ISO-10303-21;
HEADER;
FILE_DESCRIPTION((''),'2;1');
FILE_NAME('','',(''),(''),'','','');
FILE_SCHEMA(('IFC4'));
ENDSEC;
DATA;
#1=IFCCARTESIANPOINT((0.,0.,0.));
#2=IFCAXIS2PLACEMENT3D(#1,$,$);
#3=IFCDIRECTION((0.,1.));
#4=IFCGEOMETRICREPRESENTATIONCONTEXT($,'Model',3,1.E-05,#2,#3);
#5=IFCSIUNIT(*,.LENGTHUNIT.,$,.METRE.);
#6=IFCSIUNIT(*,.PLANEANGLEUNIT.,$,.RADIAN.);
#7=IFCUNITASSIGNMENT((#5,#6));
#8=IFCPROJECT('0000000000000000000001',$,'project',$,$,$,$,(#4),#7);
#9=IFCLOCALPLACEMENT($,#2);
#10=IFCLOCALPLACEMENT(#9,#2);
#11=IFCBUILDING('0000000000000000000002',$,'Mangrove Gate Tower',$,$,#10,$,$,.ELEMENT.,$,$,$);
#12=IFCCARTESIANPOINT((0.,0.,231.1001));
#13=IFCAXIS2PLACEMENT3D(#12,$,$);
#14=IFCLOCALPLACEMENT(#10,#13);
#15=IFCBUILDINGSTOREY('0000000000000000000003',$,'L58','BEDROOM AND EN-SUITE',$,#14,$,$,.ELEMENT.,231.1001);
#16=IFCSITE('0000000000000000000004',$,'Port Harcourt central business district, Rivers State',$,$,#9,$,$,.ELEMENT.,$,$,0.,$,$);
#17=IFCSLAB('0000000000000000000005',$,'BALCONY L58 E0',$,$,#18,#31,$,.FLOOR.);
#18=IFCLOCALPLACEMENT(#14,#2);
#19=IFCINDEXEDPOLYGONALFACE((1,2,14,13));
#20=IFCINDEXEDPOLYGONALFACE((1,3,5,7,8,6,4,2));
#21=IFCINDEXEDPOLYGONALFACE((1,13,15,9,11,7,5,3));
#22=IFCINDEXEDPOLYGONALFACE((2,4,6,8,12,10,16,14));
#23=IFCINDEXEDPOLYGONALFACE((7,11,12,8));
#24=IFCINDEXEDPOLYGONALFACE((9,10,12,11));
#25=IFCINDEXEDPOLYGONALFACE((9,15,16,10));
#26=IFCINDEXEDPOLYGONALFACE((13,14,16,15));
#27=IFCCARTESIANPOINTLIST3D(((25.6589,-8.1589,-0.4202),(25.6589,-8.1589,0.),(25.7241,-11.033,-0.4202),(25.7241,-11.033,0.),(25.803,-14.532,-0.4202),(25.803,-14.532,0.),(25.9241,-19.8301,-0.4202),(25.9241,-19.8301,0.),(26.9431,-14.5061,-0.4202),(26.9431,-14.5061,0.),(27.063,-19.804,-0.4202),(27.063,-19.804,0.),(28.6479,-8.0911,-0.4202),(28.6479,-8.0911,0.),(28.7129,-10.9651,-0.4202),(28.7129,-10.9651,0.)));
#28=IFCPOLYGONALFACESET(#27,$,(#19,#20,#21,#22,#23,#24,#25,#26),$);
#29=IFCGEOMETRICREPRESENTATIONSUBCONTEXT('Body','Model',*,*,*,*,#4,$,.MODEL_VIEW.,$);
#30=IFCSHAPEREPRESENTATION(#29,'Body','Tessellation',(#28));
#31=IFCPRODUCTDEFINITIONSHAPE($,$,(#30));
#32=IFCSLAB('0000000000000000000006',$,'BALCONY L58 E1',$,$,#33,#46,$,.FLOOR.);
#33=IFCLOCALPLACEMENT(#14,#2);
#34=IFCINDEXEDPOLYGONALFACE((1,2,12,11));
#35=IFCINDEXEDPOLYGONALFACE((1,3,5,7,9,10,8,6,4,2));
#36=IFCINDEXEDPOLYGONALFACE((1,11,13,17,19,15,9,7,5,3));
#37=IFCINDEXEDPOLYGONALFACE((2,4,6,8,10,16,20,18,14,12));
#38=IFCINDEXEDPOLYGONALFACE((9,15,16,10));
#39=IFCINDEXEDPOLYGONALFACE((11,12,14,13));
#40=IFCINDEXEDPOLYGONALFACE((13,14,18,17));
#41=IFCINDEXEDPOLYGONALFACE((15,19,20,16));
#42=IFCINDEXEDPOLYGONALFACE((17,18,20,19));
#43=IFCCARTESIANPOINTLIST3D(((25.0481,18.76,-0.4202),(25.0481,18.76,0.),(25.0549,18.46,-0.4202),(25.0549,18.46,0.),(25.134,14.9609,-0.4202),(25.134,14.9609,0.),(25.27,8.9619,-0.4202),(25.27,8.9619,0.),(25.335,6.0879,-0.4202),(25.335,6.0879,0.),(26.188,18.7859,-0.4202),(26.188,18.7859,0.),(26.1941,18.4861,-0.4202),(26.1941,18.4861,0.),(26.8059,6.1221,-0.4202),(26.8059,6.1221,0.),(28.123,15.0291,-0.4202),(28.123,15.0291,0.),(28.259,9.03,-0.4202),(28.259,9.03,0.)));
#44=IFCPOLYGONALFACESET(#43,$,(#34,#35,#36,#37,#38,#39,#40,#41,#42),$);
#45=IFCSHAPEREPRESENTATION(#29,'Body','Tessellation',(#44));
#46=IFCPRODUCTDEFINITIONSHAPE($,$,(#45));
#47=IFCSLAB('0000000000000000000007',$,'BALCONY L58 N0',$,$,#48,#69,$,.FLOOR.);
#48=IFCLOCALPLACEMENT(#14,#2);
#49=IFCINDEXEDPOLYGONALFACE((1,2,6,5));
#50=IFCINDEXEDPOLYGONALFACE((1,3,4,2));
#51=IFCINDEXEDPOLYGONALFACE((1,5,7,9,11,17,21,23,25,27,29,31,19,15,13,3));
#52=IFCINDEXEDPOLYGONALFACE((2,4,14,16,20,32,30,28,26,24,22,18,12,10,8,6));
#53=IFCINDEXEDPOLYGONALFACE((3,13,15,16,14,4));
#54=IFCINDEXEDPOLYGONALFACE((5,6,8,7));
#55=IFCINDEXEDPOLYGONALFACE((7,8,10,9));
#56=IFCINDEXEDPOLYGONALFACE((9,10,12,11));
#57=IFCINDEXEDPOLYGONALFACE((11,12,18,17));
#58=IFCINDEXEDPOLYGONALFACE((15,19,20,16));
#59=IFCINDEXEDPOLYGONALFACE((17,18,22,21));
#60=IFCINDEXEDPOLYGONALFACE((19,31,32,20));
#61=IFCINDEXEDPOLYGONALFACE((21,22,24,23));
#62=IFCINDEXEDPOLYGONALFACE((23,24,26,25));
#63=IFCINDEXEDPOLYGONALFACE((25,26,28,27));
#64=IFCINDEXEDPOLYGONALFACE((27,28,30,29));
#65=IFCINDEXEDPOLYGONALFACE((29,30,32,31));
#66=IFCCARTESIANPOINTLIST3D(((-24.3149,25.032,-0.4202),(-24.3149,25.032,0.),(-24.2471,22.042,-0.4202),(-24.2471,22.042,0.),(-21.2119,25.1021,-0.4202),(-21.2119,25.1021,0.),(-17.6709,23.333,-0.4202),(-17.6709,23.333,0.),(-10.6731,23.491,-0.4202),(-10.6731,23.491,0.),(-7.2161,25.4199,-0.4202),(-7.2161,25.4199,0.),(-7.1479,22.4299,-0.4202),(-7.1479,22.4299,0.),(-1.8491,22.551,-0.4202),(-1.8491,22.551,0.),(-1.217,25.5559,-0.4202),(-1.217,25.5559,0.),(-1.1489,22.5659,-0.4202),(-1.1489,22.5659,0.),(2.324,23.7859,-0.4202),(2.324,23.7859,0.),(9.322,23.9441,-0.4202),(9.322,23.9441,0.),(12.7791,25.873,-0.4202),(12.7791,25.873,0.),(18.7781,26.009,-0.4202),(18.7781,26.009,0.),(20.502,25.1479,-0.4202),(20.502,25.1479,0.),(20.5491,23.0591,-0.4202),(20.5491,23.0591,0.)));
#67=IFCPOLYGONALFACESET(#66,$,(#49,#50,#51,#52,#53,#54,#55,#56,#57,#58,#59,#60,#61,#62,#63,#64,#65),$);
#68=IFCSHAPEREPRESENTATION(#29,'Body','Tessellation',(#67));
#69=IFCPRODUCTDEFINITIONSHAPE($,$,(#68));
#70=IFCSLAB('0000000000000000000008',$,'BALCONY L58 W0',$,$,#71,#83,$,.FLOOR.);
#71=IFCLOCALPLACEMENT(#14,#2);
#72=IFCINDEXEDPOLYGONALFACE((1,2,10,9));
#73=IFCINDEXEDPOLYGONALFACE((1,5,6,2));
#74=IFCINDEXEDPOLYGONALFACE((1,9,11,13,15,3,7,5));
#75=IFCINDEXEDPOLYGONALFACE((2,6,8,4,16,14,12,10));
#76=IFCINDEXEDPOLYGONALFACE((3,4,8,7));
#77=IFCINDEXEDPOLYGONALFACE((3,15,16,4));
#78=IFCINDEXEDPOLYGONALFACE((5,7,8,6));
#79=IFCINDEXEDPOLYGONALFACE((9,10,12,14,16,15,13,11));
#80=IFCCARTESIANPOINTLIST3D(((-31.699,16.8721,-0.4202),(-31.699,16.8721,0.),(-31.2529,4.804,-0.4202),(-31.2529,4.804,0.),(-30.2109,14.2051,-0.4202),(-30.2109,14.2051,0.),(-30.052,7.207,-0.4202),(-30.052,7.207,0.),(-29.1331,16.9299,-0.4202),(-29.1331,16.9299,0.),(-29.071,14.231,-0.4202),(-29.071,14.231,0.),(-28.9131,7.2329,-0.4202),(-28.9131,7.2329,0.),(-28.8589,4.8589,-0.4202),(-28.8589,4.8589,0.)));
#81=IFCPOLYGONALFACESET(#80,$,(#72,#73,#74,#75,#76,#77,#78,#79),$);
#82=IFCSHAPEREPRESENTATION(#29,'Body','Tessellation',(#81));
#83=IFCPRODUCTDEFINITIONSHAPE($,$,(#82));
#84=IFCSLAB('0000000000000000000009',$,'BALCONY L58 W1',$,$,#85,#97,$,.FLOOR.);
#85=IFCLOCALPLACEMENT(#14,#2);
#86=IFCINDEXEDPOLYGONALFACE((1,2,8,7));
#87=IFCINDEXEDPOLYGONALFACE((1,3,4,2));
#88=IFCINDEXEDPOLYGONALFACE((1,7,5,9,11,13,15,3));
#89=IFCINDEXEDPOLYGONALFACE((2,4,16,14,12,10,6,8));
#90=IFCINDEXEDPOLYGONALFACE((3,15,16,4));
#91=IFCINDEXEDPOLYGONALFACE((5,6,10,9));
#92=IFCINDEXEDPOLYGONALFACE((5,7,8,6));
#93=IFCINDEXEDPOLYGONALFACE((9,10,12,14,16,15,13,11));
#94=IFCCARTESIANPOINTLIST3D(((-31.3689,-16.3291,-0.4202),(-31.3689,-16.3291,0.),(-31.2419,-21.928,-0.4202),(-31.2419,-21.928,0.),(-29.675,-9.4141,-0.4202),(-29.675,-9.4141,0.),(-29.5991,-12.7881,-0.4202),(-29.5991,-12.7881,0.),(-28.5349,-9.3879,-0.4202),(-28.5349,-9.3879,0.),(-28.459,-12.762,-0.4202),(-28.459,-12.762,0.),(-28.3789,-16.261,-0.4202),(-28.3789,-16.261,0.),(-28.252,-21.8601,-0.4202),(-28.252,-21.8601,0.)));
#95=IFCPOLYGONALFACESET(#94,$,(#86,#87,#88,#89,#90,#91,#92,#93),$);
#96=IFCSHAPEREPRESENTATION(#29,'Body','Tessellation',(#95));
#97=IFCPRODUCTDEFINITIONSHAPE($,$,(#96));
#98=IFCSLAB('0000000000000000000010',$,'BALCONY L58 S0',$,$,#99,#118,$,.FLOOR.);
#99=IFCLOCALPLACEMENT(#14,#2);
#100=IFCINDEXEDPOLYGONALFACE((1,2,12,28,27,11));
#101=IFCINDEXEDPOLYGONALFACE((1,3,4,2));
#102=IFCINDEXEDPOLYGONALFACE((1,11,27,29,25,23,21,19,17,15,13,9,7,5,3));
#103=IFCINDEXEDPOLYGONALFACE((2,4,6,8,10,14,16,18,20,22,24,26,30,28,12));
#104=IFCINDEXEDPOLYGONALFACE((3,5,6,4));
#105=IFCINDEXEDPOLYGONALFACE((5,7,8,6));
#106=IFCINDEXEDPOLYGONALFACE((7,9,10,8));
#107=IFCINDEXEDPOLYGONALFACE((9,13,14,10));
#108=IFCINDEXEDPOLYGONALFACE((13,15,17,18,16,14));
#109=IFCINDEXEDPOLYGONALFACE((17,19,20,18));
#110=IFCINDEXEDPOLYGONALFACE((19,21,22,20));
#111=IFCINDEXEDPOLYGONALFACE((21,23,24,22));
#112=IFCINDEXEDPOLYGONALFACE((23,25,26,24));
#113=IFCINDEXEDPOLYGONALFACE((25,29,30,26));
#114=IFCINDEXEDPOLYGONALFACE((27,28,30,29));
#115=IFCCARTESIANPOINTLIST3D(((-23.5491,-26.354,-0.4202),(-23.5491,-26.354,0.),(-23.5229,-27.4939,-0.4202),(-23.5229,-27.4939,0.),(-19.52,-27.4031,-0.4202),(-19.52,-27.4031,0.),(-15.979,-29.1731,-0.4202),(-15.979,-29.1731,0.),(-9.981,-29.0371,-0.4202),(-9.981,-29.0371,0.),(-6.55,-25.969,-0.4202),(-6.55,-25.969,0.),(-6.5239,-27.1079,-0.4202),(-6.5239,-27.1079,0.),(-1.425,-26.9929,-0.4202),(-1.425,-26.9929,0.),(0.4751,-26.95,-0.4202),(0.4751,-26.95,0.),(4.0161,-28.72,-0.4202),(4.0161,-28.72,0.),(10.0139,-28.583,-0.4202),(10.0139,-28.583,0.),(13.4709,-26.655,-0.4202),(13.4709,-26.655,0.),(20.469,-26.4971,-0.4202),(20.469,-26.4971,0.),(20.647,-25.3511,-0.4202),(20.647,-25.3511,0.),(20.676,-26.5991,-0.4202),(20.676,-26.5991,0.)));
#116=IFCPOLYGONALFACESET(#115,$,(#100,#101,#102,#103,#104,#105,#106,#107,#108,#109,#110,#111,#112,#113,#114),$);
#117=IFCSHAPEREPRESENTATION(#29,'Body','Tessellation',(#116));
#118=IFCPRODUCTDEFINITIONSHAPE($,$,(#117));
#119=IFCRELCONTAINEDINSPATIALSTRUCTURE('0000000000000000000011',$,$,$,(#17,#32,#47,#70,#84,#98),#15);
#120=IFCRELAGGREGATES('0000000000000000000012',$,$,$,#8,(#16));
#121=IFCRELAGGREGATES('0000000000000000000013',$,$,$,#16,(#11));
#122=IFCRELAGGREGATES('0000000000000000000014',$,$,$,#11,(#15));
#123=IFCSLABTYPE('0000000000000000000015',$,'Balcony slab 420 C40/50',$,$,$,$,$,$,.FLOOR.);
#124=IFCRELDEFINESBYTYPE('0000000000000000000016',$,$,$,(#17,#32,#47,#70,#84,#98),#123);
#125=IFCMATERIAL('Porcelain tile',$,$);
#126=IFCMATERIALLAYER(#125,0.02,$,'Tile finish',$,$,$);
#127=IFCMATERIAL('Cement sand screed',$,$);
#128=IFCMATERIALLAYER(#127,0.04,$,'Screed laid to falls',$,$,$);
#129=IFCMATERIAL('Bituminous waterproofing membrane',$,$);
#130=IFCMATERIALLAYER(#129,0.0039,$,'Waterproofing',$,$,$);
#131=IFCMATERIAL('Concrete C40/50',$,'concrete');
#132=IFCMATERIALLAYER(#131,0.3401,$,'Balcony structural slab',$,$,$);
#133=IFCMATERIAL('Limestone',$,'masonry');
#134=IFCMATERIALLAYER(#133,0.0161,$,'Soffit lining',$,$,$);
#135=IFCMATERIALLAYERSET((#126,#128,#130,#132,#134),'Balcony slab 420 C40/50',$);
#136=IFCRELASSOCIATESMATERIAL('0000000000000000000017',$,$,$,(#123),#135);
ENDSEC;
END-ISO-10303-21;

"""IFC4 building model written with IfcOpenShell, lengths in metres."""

from ifc_helpers import new_model, si_unit, direction, frame, origin, place, context, subcontext, project, spatial, polyline, outline, extrude, material, layer, layer_set, type_object, element, save


model = new_model("IFC4")

# Units and contexts
model_context = context("Model", 3, precision=1e-05, world=origin(), true_north=direction((0.0, 1.0)))
body_context = subcontext(model_context, "Body", "Model", "MODEL_VIEW")
ifc_project = project(units=[si_unit("LENGTHUNIT", "METRE"), si_unit("PLANEANGLEUNIT", "RADIAN")], contexts=[model_context])

# Site, building, storey
site_placement = place(None, origin())
site = spatial("IfcSite", under=ifc_project, at=site_placement, Name="Port Harcourt central business district, Rivers State", CompositionType="ELEMENT", RefElevation=0.0)
building_placement = place(site_placement, origin())
building = spatial("IfcBuilding", under=site, at=building_placement, Name="Mangrove Gate Tower", CompositionType="ELEMENT")
storey_placement = place(building_placement, frame((0.0, 0.0, 231.1001)))
storey = spatial("IfcBuildingStorey", under=building, at=storey_placement, Name="L58", Description="BEDROOM AND EN-SUITE", CompositionType="ELEMENT", Elevation=231.1001)

# Slabs
ifc_material_1 = material(Name="Porcelain tile")
ifc_layer_1 = layer(ifc_material_1, 0.02, Name="Tile finish")
ifc_material_2 = material(Name="Cement sand screed")
ifc_layer_2 = layer(ifc_material_2, 0.04, Name="Screed laid to falls")
ifc_material_3 = material(Name="Bituminous waterproofing membrane")
ifc_layer_3 = layer(ifc_material_3, 0.0039, Name="Waterproofing")
ifc_material_4 = material(Name="Concrete C40/50", Category="concrete")
ifc_layer_4 = layer(ifc_material_4, 0.3401, Name="Balcony structural slab")
ifc_material_5 = material(Name="Limestone", Category="masonry")
ifc_layer_5 = layer(ifc_material_5, 0.0161, Name="Soffit lining")
ifc_layer_set_1 = layer_set([ifc_layer_1, ifc_layer_2, ifc_layer_3, ifc_layer_4, ifc_layer_5], Name="Balcony slab 420 C40/50")
slab_type_1 = type_object("IfcSlabType", Name="Balcony slab 420 C40/50", PredefinedType="FLOOR", material=ifc_layer_set_1)
slab_1_placement = place(storey_placement, frame((0.0, 0.0, -0.4202)))
element("IfcSlab", 1, at=slab_1_placement, inside=storey, type_object=slab_type_1, Name="BALCONY L58 E0", PredefinedType="FLOOR", context=body_context, shape_type="SweptSolid", body=[
    extrude(outline(polyline([(27.063, -19.804), (26.9431, -14.5061), (28.7129, -10.9651), (28.6479, -8.0911), (25.6589, -8.1589), (25.7241, -11.033), (25.803, -14.532), (25.9241, -19.8301), (27.063, -19.804)])), origin(), (0.0, 0.0, 1.0), 0.4202),
])
slab_2_placement = place(storey_placement, frame((0.0, 0.0, -0.4202)))
element("IfcSlab", 2, at=slab_2_placement, inside=storey, type_object=slab_type_1, Name="BALCONY L58 E1", PredefinedType="FLOOR", context=body_context, shape_type="SweptSolid", body=[
    extrude(outline(polyline([(26.8059, 6.1221), (28.259, 9.03), (28.123, 15.0291), (26.1941, 18.4861), (26.188, 18.7859), (25.0481, 18.76), (25.0549, 18.46), (25.134, 14.9609), (25.27, 8.9619), (25.335, 6.0879), (26.8059, 6.1221)])), origin(), (0.0, 0.0, 1.0), 0.4202),
])
slab_3_placement = place(storey_placement, frame((0.0, 0.0, -0.4202)))
element("IfcSlab", 3, at=slab_3_placement, inside=storey, type_object=slab_type_1, Name="BALCONY L58 N0", PredefinedType="FLOOR", context=body_context, shape_type="SweptSolid", body=[
    extrude(outline(polyline([(20.502, 25.1479), (18.7781, 26.009), (12.7791, 25.873), (9.322, 23.9441), (2.324, 23.7859), (-1.217, 25.5559), (-7.2161, 25.4199), (-10.6731, 23.491), (-17.6709, 23.333), (-21.2119, 25.1021), (-24.3149, 25.032), (-24.2471, 22.042), (-7.1479, 22.4299), (-1.8491, 22.551), (-1.1489, 22.5659), (20.5491, 23.0591), (20.502, 25.1479)])), origin(), (0.0, 0.0, 1.0), 0.4202),
])
slab_4_placement = place(storey_placement, frame((0.0, 0.0, -0.4202)))
element("IfcSlab", 4, at=slab_4_placement, inside=storey, type_object=slab_type_1, Name="BALCONY L58 W0", PredefinedType="FLOOR", context=body_context, shape_type="SweptSolid", body=[
    extrude(outline(polyline([(-31.699, 16.8721), (-30.2109, 14.2051), (-30.052, 7.207), (-31.2529, 4.804), (-28.8589, 4.8589), (-28.9131, 7.2329), (-29.071, 14.231), (-29.1331, 16.9299), (-31.699, 16.8721)])), origin(), (0.0, 0.0, 1.0), 0.4202),
])
slab_5_placement = place(storey_placement, frame((0.0, 0.0, -0.4202)))
element("IfcSlab", 5, at=slab_5_placement, inside=storey, type_object=slab_type_1, Name="BALCONY L58 W1", PredefinedType="FLOOR", context=body_context, shape_type="SweptSolid", body=[
    extrude(outline(polyline([(-29.675, -9.4141), (-29.5991, -12.7881), (-31.3689, -16.3291), (-31.2419, -21.928), (-28.252, -21.8601), (-28.3789, -16.261), (-28.459, -12.762), (-28.5349, -9.3879), (-29.675, -9.4141)])), origin(), (0.0, 0.0, 1.0), 0.4202),
])
slab_6_placement = place(storey_placement, frame((0.0, 0.0, -0.4202)))
element("IfcSlab", 6, at=slab_6_placement, inside=storey, type_object=slab_type_1, Name="BALCONY L58 S0", PredefinedType="FLOOR", context=body_context, shape_type="SweptSolid", body=[
    extrude(outline(polyline([(-23.5229, -27.4939), (-19.52, -27.4031), (-15.979, -29.1731), (-9.981, -29.0371), (-6.5239, -27.1079), (-1.425, -26.9929), (0.4751, -26.95), (4.0161, -28.72), (10.0139, -28.583), (13.4709, -26.655), (20.469, -26.4971), (20.676, -26.5991), (20.647, -25.3511), (-6.55, -25.969), (-23.5491, -26.354), (-23.5229, -27.4939)])), origin(), (0.0, 0.0, 1.0), 0.4202),
])

save(model, "model.ifc")
